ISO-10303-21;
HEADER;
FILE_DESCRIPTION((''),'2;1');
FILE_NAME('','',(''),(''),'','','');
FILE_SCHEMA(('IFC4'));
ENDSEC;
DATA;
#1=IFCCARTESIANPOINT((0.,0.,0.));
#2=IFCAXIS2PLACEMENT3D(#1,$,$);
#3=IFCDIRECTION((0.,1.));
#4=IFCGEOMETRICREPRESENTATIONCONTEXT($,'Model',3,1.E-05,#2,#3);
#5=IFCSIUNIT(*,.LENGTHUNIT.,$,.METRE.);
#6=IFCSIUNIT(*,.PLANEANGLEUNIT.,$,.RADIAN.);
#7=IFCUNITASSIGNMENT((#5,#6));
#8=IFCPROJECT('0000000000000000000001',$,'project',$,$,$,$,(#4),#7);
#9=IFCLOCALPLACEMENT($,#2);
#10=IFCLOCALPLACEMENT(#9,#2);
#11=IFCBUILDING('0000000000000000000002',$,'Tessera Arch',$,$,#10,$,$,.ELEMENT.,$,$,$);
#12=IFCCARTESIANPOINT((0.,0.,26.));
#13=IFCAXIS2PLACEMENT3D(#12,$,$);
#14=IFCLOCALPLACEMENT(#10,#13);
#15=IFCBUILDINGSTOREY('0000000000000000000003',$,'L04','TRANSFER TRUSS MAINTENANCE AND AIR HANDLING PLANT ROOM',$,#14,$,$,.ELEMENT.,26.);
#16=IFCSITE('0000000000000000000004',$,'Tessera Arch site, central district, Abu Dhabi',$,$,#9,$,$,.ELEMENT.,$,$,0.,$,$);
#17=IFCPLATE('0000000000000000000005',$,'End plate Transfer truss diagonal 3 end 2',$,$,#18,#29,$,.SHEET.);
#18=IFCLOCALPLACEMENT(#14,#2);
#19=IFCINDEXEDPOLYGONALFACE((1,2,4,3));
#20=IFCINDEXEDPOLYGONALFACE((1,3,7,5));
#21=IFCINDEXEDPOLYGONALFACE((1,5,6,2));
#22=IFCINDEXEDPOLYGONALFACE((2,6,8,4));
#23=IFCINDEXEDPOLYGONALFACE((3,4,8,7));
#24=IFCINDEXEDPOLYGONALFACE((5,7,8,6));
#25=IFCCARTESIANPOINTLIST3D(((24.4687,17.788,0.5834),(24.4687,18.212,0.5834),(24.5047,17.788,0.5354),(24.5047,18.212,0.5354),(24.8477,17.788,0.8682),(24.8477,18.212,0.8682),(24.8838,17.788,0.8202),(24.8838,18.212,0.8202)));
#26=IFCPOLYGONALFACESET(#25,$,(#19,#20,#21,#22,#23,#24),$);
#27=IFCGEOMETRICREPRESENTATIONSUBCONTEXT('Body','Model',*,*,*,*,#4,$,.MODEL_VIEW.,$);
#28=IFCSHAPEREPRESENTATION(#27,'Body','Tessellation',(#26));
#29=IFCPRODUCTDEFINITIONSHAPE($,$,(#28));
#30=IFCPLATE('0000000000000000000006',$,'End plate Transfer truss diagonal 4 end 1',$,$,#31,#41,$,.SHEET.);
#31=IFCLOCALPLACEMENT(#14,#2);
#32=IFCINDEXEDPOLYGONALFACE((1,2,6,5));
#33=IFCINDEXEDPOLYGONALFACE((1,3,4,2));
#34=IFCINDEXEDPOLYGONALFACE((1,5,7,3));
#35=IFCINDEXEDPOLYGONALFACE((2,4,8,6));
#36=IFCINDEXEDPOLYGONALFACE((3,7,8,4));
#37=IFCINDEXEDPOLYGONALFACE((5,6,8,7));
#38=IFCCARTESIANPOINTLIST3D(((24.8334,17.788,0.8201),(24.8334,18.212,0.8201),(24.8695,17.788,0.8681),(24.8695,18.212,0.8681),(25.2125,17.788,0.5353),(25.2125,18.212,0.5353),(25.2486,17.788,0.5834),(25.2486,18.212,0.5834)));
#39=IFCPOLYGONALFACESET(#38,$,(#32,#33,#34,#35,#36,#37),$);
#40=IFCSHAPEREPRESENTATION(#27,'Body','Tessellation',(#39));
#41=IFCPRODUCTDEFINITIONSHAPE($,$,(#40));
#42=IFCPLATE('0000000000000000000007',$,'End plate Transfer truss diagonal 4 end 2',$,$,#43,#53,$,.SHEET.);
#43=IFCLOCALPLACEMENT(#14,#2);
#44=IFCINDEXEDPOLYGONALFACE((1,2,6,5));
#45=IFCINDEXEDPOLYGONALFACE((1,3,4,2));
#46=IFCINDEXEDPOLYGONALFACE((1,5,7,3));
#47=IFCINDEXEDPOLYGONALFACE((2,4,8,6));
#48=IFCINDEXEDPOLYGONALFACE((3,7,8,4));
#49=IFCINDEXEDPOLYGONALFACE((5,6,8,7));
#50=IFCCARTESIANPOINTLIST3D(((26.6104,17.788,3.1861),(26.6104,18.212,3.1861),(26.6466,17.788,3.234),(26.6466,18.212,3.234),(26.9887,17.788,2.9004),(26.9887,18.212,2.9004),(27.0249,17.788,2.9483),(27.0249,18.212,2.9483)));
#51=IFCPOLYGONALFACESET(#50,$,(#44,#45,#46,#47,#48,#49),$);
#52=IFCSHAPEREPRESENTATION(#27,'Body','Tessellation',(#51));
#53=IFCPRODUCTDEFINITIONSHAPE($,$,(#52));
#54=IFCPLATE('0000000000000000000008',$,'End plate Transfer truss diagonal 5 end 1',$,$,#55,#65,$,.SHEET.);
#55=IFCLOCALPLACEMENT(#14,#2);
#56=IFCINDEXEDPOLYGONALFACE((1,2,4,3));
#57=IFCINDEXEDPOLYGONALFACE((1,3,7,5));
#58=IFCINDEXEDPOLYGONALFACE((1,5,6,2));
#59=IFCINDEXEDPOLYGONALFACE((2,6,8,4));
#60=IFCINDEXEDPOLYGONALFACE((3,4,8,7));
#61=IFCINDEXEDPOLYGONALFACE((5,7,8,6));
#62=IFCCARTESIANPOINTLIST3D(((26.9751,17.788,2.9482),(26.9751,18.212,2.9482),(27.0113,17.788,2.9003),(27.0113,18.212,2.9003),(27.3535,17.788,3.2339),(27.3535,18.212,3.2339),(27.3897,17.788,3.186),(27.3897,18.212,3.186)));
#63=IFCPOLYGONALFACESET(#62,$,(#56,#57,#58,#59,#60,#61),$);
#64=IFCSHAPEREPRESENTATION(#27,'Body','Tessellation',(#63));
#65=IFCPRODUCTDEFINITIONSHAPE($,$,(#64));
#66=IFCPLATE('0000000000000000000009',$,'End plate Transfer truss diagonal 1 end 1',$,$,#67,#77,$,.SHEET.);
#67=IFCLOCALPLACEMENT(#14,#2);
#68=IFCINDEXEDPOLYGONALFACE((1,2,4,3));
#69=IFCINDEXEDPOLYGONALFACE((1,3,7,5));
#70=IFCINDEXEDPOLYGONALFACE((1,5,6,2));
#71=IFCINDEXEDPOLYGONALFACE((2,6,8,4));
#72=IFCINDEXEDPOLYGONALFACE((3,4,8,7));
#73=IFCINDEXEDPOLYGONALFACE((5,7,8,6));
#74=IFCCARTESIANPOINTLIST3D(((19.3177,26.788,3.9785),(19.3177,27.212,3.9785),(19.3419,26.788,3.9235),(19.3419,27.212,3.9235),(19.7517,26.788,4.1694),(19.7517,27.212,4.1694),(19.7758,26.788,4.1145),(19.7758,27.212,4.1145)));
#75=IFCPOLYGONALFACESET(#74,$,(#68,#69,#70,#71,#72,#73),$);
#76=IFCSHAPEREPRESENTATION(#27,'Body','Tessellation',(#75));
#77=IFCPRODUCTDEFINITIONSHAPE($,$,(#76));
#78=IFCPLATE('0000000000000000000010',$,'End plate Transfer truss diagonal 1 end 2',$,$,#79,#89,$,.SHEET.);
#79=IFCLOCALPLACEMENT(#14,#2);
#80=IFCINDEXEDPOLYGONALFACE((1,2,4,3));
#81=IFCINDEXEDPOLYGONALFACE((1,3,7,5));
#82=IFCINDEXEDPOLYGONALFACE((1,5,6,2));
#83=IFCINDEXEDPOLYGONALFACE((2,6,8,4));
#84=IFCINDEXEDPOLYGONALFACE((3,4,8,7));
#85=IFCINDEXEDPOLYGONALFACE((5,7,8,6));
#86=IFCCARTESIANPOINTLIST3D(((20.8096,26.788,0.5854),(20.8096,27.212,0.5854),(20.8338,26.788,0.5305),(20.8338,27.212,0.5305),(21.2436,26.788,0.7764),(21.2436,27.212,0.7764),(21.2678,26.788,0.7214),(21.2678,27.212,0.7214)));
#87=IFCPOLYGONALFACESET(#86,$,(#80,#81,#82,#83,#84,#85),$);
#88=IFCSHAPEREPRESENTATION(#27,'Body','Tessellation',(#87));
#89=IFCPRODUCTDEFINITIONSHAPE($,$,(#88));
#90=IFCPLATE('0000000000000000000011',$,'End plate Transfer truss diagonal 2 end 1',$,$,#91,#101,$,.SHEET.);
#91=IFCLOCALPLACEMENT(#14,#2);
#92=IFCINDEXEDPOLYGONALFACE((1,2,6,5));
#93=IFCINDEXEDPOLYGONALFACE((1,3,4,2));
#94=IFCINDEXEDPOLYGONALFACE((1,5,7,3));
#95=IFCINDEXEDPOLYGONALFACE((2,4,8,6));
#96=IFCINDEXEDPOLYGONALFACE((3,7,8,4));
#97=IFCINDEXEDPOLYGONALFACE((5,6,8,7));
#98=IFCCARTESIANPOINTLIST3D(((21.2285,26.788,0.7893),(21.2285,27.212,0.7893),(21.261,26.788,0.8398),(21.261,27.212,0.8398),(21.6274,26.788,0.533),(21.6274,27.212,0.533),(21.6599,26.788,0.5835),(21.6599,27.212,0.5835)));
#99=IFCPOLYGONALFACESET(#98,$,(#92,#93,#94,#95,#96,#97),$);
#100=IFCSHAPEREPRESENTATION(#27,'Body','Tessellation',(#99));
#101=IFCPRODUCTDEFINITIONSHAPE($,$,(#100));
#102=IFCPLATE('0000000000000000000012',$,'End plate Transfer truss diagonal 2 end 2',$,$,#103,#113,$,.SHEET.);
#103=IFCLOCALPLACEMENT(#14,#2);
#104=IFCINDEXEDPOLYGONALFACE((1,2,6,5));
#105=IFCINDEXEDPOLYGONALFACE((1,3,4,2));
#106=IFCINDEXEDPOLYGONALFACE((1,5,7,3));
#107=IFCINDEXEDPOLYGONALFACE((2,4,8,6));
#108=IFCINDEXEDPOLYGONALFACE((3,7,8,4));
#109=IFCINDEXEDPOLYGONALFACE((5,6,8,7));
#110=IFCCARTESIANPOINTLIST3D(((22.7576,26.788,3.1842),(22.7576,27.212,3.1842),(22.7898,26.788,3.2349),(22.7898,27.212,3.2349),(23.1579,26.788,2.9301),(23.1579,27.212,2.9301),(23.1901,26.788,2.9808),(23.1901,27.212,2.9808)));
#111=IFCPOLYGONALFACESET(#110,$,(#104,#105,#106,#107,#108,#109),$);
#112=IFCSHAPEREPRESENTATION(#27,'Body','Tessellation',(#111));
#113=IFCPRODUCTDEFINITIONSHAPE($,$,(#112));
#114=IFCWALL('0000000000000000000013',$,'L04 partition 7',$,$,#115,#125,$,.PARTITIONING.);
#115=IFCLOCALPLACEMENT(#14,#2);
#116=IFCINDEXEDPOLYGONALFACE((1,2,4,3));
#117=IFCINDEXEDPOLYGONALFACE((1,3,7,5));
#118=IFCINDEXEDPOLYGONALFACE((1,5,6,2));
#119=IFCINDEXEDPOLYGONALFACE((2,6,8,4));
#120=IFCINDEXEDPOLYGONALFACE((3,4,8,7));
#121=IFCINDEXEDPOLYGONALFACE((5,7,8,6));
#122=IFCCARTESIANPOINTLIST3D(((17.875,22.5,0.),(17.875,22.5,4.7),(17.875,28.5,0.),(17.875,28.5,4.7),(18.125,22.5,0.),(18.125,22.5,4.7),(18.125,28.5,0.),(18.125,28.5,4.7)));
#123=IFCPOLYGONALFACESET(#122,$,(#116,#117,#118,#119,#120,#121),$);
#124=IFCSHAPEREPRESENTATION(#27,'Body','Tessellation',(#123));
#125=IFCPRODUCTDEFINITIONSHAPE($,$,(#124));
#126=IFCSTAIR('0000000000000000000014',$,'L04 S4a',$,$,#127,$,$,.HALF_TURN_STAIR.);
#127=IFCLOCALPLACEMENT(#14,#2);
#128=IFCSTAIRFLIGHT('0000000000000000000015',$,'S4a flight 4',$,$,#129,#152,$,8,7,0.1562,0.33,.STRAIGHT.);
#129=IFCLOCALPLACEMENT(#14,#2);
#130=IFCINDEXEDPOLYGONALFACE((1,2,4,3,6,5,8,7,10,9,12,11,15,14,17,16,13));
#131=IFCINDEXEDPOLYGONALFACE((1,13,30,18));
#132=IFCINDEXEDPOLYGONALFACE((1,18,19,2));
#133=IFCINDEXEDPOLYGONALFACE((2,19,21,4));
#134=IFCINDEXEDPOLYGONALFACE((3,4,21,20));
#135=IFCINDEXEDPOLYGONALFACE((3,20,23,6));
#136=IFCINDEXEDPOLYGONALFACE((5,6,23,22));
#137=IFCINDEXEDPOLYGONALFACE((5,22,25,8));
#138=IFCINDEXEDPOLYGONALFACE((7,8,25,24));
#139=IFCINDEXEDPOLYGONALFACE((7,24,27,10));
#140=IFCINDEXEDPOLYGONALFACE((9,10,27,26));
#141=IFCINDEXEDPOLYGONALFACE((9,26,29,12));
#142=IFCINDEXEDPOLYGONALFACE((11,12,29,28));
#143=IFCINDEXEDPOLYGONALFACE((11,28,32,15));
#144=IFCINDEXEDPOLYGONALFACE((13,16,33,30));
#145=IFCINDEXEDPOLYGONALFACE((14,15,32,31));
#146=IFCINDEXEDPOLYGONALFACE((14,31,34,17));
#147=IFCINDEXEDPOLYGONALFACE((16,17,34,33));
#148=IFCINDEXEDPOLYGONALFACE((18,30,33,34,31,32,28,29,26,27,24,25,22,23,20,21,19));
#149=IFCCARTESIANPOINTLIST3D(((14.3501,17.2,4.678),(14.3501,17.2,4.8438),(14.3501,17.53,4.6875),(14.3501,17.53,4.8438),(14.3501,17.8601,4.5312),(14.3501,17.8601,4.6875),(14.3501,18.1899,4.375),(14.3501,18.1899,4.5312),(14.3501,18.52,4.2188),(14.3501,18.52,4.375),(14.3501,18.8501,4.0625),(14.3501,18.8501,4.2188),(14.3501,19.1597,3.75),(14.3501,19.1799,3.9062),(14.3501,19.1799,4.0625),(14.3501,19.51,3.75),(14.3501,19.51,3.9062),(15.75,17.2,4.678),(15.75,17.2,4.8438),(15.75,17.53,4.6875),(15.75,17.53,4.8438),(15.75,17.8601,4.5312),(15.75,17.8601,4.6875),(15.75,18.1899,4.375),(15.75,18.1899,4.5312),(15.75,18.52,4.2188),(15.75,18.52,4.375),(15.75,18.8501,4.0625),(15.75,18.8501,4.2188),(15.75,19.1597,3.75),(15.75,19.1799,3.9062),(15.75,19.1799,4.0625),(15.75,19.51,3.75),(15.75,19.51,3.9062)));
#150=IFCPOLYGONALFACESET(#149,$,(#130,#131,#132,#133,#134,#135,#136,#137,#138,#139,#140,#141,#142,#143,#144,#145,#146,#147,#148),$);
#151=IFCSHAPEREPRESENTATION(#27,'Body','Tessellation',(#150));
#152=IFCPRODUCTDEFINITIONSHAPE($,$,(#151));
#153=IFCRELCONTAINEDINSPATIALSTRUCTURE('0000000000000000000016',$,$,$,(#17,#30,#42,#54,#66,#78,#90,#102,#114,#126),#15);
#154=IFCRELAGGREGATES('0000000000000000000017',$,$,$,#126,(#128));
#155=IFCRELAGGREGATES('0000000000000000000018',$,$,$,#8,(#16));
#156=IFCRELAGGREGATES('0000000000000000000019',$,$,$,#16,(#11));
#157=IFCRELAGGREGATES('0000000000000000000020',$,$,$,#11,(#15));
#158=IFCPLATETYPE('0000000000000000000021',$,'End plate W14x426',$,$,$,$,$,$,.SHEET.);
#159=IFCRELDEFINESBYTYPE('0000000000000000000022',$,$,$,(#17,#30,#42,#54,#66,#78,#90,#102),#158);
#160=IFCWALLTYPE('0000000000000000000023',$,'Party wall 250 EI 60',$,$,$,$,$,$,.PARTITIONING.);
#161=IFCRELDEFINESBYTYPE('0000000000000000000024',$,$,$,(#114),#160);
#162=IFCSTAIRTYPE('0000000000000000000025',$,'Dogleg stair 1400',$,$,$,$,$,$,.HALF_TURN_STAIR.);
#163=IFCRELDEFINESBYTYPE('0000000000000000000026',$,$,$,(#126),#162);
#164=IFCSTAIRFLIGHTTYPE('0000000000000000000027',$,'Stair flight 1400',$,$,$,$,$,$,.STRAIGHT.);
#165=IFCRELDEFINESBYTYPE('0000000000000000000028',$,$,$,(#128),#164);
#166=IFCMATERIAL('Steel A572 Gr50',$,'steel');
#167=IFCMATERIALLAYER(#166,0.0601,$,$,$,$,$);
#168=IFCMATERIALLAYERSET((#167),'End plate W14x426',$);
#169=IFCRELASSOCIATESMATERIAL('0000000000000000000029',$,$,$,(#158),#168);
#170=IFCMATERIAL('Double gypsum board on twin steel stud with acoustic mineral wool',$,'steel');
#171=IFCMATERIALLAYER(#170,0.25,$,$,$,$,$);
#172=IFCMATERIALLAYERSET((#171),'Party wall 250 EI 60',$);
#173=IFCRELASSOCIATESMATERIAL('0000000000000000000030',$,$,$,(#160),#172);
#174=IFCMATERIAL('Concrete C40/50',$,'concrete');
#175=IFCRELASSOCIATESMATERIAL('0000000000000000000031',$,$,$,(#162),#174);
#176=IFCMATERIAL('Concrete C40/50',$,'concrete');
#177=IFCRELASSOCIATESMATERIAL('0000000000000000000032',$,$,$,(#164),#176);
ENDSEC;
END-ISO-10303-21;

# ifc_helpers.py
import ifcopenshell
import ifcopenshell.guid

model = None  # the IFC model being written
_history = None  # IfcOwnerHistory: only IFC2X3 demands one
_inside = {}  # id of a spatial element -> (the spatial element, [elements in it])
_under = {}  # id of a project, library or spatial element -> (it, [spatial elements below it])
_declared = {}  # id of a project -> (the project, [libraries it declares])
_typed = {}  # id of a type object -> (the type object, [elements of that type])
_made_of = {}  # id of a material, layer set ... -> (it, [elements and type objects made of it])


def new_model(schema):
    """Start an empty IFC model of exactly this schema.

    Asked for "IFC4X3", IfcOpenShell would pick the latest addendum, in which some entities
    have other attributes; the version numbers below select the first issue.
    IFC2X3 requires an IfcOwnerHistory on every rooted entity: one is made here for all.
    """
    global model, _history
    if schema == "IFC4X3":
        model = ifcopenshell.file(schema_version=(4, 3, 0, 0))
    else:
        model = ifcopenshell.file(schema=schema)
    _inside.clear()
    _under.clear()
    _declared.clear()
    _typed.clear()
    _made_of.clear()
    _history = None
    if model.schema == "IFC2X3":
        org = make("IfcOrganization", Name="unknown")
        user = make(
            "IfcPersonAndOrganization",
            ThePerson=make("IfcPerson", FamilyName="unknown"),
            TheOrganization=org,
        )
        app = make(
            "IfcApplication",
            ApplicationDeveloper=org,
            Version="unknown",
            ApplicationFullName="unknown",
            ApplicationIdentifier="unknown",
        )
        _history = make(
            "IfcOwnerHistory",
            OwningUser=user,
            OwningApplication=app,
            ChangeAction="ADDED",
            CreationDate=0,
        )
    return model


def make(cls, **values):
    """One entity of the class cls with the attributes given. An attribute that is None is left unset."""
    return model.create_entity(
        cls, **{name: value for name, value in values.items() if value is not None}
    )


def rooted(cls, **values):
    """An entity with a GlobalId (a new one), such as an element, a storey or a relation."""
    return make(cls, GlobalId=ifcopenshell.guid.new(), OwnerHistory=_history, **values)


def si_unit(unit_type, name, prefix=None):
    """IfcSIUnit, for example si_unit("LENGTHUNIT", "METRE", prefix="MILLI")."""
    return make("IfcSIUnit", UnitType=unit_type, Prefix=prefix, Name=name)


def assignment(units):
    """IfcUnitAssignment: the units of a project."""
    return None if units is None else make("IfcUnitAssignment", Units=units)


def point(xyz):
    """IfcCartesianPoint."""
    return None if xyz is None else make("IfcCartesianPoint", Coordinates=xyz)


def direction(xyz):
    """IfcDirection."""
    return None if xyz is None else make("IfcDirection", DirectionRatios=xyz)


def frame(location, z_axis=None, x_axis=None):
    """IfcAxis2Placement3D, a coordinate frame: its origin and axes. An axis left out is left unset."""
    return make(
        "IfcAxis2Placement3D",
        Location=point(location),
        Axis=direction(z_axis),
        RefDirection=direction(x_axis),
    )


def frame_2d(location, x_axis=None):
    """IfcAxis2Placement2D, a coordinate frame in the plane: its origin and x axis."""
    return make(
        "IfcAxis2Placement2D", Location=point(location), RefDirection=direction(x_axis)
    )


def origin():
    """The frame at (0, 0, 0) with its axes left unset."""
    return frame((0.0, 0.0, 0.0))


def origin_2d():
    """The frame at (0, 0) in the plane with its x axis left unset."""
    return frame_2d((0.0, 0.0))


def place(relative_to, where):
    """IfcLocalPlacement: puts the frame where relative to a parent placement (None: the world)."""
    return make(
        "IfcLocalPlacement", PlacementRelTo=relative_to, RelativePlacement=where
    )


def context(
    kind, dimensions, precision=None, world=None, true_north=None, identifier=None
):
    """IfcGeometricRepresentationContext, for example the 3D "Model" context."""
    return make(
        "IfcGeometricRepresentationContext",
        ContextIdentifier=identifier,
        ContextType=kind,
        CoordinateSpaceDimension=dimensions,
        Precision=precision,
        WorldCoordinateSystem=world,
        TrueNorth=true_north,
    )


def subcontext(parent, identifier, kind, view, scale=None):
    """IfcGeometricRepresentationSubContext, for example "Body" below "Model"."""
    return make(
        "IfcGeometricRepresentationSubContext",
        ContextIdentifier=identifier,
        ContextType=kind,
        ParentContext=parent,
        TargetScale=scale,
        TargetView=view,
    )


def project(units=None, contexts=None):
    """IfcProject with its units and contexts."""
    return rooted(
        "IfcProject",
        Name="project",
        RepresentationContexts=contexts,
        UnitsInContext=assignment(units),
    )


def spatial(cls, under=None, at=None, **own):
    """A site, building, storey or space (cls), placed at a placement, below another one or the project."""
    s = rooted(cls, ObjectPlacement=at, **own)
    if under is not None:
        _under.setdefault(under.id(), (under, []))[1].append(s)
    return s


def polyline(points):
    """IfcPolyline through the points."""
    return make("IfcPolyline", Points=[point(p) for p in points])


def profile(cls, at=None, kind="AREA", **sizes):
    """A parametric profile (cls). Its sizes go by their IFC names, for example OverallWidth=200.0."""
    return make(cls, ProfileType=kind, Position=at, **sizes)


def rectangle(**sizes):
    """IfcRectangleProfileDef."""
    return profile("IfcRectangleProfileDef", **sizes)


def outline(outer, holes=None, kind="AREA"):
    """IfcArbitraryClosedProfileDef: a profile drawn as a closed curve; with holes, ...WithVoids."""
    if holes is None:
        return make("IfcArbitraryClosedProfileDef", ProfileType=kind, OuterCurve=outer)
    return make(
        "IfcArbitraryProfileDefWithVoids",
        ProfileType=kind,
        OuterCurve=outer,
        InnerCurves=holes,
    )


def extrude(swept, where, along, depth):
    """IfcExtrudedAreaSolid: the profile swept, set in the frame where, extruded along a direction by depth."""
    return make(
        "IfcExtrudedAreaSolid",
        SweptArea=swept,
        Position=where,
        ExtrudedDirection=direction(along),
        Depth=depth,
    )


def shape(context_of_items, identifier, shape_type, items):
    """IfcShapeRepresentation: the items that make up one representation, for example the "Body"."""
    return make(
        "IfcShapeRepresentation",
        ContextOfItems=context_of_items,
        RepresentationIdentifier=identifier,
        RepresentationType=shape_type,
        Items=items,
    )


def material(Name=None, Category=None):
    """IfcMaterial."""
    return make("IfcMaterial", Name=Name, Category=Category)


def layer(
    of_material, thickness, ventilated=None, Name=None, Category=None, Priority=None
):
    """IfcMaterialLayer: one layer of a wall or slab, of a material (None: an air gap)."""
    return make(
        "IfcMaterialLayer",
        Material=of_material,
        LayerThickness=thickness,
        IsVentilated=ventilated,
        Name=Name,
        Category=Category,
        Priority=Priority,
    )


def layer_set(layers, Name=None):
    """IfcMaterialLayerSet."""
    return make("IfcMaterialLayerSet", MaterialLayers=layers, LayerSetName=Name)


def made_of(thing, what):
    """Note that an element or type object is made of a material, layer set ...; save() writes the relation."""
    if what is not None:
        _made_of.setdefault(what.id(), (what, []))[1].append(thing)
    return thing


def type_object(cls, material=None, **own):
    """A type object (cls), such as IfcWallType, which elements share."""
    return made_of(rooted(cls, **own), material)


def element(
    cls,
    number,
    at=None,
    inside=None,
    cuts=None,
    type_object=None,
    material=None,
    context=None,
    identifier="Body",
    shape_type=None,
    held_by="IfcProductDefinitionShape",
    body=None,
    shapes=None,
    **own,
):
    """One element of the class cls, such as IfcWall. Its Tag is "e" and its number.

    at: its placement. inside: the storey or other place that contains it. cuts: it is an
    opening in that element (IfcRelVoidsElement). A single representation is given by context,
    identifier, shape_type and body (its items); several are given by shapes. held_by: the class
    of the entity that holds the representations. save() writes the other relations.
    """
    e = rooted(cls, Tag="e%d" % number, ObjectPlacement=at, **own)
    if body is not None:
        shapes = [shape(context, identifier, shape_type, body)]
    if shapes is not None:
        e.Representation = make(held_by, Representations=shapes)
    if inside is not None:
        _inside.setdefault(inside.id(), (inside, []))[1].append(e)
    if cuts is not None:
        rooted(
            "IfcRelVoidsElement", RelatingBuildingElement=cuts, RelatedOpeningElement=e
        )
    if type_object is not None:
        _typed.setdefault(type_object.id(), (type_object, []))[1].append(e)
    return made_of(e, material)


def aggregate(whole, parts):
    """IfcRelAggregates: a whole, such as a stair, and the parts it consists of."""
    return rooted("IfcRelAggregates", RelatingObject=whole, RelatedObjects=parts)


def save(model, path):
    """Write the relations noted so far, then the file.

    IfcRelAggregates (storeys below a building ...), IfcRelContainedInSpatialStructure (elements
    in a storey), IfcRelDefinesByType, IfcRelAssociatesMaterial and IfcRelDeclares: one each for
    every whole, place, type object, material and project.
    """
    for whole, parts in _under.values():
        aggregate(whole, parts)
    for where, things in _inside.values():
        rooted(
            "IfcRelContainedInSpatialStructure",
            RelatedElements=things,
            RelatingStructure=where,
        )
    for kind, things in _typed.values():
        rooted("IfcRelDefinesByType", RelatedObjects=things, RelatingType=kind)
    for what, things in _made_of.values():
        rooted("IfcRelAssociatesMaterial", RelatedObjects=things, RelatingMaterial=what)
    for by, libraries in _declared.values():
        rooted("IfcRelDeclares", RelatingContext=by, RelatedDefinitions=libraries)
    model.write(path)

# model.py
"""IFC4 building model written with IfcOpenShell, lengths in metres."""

from ifc_helpers import new_model, si_unit, direction, frame, frame_2d, origin, origin_2d, place, context, subcontext, project, spatial, polyline, rectangle, outline, extrude, material, layer, layer_set, type_object, element, aggregate, save


model = new_model("IFC4")

# Units and contexts
model_context = context("Model", 3, precision=1e-05, world=origin(), true_north=direction((0.0, 1.0)))
body_context = subcontext(model_context, "Body", "Model", "MODEL_VIEW")
ifc_project = project(units=[si_unit("LENGTHUNIT", "METRE"), si_unit("PLANEANGLEUNIT", "RADIAN")], contexts=[model_context])

# Site, building, storey
site_placement = place(None, origin())
site = spatial("IfcSite", under=ifc_project, at=site_placement, Name="Tessera Arch site, central district, Abu Dhabi", CompositionType="ELEMENT", RefElevation=0.0)
building_placement = place(site_placement, origin())
building = spatial("IfcBuilding", under=site, at=building_placement, Name="Tessera Arch", CompositionType="ELEMENT")
storey_placement = place(building_placement, frame((0.0, 0.0, 26.0)))
storey = spatial("IfcBuildingStorey", under=building, at=storey_placement, Name="L04", Description="TRANSFER TRUSS MAINTENANCE AND AIR HANDLING PLANT ROOM", CompositionType="ELEMENT", Elevation=26.0)

# Plates
ifc_material_1 = material(Name="Steel A572 Gr50", Category="steel")
ifc_layer_1 = layer(ifc_material_1, 0.0601)
ifc_layer_set_1 = layer_set([ifc_layer_1], Name="End plate W14x426")
plate_type = type_object("IfcPlateType", Name="End plate W14x426", PredefinedType="SHEET", material=ifc_layer_set_1)
for number, where, z_axis, x_axis, name in (
    (1, (24.6582, 18.0, 0.7258), (0.600649, 0.0, -0.799513), (0.0, 1.0, 0.0), "End plate Transfer truss diagonal 3 end 2"),
    (2, (25.0229, 18.0, 0.6777), (0.600649, 0.0, 0.799513), (0.0, 1.0, 0.0), "End plate Transfer truss diagonal 4 end 1"),
    (3, (26.7996, 18.0, 3.0432), (0.602603, 0.0, 0.798041), (0.0, 1.0, 0.0), "End plate Transfer truss diagonal 4 end 2"),
    (4, (27.1643, 18.0, 3.0911), (0.602603, 0.0, -0.798041), (0.0, 1.0, 0.0), "End plate Transfer truss diagonal 5 end 1"),
    (5, (19.5347, 27.0, 4.074), (0.402739, 0.0, -0.915315), (0.0, 1.0, 0.0), "End plate Transfer truss diagonal 1 end 1"),
    (6, (21.0266, 27.0, 0.6809), (0.402739, 0.0, -0.915315), (0.0, 1.0, 0.0), "End plate Transfer truss diagonal 1 end 2"),
    (7, (21.428, 27.0, 0.6611), (0.540552, 0.0, 0.841311), (0.0, 1.0, 0.0), "End plate Transfer truss diagonal 2 end 1"),
    (8, (22.9578, 27.0, 3.0571), (0.535824, 0.0, 0.844329), (0.0, 1.0, 0.0), "End plate Transfer truss diagonal 2 end 2"),
):
    element("IfcPlate", number, at=place(storey_placement, frame(where, z_axis=z_axis, x_axis=x_axis)), inside=storey, type_object=plate_type, Name=name, PredefinedType="SHEET", context=body_context, shape_type="SweptSolid", body=[
        extrude(rectangle(XDim=0.4241, YDim=0.4741, at=origin_2d()), origin(), (0.0, 0.0, 1.0), 0.0601),
    ])

# Wall
ifc_material_2 = material(Name="Double gypsum board on twin steel stud with acoustic mineral wool", Category="steel")
ifc_layer_2 = layer(ifc_material_2, 0.25)
ifc_layer_set_2 = layer_set([ifc_layer_2], Name="Party wall 250 EI 60")
wall_type = type_object("IfcWallType", Name="Party wall 250 EI 60", PredefinedType="PARTITIONING", material=ifc_layer_set_2)
wall_placement = place(storey_placement, frame((18.0, 22.5, 0.0), z_axis=(0.0, 0.0, 1.0), x_axis=(0.0, 1.0, 0.0)))
element("IfcWall", 9, at=wall_placement, inside=storey, type_object=wall_type, Name="L04 partition 7", PredefinedType="PARTITIONING", context=body_context, shape_type="SweptSolid", body=[
    extrude(rectangle(XDim=6.0, YDim=0.25, at=frame_2d((3.0, 0.0))), origin(), (0.0, 0.0, 1.0), 4.7),
])

# Stair, stair flight
ifc_material_3 = material(Name="Concrete C40/50", Category="concrete")
stair_type = type_object("IfcStairType", Name="Dogleg stair 1400", PredefinedType="HALF_TURN_STAIR", material=ifc_material_3)
stair_placement = place(storey_placement, origin())
stair = element("IfcStair", 10, at=stair_placement, inside=storey, type_object=stair_type, Name="L04 S4a", PredefinedType="HALF_TURN_STAIR")
ifc_material_4 = material(Name="Concrete C40/50", Category="concrete")
stair_flight_type = type_object("IfcStairFlightType", Name="Stair flight 1400", PredefinedType="STRAIGHT", material=ifc_material_4)
stair_flight_placement = place(storey_placement, frame((15.05, 19.51, 3.75), z_axis=(0.0, 0.0, 1.0), x_axis=(0.0, -1.0, 0.0)))
stair_flight = element("IfcStairFlight", 11, at=stair_flight_placement, type_object=stair_flight_type, Name="S4a flight 4", NumberOfRisers=8, NumberOfTreads=7, PredefinedType="STRAIGHT", RiserHeight=0.1562, TreadLength=0.33, context=body_context, shape_type="SweptSolid", body=[
    extrude(outline(polyline([(0.0, 0.0), (0.0, 0.1562), (0.3301, 0.1562), (0.3301, 0.3125), (0.6599, 0.3125), (0.6599, 0.4688), (0.99, 0.4688), (0.99, 0.625), (1.3201, 0.625), (1.3201, 0.7812), (1.6499, 0.7812), (1.6499, 0.9375), (1.98, 0.9375), (1.98, 1.0938), (2.3101, 1.0938), (2.3101, 1.25), (2.3101, 0.928), (0.3503, 0.0), (0.0, 0.0)])), frame((0.0, 0.7, 0.0), z_axis=(0.0, -1.0, 0.0), x_axis=(1.0, 0.0, 0.0)), (0.0, 0.0, 1.0), 1.3999),
])
aggregate(stair, [stair_flight])

save(model, "model.ifc")
